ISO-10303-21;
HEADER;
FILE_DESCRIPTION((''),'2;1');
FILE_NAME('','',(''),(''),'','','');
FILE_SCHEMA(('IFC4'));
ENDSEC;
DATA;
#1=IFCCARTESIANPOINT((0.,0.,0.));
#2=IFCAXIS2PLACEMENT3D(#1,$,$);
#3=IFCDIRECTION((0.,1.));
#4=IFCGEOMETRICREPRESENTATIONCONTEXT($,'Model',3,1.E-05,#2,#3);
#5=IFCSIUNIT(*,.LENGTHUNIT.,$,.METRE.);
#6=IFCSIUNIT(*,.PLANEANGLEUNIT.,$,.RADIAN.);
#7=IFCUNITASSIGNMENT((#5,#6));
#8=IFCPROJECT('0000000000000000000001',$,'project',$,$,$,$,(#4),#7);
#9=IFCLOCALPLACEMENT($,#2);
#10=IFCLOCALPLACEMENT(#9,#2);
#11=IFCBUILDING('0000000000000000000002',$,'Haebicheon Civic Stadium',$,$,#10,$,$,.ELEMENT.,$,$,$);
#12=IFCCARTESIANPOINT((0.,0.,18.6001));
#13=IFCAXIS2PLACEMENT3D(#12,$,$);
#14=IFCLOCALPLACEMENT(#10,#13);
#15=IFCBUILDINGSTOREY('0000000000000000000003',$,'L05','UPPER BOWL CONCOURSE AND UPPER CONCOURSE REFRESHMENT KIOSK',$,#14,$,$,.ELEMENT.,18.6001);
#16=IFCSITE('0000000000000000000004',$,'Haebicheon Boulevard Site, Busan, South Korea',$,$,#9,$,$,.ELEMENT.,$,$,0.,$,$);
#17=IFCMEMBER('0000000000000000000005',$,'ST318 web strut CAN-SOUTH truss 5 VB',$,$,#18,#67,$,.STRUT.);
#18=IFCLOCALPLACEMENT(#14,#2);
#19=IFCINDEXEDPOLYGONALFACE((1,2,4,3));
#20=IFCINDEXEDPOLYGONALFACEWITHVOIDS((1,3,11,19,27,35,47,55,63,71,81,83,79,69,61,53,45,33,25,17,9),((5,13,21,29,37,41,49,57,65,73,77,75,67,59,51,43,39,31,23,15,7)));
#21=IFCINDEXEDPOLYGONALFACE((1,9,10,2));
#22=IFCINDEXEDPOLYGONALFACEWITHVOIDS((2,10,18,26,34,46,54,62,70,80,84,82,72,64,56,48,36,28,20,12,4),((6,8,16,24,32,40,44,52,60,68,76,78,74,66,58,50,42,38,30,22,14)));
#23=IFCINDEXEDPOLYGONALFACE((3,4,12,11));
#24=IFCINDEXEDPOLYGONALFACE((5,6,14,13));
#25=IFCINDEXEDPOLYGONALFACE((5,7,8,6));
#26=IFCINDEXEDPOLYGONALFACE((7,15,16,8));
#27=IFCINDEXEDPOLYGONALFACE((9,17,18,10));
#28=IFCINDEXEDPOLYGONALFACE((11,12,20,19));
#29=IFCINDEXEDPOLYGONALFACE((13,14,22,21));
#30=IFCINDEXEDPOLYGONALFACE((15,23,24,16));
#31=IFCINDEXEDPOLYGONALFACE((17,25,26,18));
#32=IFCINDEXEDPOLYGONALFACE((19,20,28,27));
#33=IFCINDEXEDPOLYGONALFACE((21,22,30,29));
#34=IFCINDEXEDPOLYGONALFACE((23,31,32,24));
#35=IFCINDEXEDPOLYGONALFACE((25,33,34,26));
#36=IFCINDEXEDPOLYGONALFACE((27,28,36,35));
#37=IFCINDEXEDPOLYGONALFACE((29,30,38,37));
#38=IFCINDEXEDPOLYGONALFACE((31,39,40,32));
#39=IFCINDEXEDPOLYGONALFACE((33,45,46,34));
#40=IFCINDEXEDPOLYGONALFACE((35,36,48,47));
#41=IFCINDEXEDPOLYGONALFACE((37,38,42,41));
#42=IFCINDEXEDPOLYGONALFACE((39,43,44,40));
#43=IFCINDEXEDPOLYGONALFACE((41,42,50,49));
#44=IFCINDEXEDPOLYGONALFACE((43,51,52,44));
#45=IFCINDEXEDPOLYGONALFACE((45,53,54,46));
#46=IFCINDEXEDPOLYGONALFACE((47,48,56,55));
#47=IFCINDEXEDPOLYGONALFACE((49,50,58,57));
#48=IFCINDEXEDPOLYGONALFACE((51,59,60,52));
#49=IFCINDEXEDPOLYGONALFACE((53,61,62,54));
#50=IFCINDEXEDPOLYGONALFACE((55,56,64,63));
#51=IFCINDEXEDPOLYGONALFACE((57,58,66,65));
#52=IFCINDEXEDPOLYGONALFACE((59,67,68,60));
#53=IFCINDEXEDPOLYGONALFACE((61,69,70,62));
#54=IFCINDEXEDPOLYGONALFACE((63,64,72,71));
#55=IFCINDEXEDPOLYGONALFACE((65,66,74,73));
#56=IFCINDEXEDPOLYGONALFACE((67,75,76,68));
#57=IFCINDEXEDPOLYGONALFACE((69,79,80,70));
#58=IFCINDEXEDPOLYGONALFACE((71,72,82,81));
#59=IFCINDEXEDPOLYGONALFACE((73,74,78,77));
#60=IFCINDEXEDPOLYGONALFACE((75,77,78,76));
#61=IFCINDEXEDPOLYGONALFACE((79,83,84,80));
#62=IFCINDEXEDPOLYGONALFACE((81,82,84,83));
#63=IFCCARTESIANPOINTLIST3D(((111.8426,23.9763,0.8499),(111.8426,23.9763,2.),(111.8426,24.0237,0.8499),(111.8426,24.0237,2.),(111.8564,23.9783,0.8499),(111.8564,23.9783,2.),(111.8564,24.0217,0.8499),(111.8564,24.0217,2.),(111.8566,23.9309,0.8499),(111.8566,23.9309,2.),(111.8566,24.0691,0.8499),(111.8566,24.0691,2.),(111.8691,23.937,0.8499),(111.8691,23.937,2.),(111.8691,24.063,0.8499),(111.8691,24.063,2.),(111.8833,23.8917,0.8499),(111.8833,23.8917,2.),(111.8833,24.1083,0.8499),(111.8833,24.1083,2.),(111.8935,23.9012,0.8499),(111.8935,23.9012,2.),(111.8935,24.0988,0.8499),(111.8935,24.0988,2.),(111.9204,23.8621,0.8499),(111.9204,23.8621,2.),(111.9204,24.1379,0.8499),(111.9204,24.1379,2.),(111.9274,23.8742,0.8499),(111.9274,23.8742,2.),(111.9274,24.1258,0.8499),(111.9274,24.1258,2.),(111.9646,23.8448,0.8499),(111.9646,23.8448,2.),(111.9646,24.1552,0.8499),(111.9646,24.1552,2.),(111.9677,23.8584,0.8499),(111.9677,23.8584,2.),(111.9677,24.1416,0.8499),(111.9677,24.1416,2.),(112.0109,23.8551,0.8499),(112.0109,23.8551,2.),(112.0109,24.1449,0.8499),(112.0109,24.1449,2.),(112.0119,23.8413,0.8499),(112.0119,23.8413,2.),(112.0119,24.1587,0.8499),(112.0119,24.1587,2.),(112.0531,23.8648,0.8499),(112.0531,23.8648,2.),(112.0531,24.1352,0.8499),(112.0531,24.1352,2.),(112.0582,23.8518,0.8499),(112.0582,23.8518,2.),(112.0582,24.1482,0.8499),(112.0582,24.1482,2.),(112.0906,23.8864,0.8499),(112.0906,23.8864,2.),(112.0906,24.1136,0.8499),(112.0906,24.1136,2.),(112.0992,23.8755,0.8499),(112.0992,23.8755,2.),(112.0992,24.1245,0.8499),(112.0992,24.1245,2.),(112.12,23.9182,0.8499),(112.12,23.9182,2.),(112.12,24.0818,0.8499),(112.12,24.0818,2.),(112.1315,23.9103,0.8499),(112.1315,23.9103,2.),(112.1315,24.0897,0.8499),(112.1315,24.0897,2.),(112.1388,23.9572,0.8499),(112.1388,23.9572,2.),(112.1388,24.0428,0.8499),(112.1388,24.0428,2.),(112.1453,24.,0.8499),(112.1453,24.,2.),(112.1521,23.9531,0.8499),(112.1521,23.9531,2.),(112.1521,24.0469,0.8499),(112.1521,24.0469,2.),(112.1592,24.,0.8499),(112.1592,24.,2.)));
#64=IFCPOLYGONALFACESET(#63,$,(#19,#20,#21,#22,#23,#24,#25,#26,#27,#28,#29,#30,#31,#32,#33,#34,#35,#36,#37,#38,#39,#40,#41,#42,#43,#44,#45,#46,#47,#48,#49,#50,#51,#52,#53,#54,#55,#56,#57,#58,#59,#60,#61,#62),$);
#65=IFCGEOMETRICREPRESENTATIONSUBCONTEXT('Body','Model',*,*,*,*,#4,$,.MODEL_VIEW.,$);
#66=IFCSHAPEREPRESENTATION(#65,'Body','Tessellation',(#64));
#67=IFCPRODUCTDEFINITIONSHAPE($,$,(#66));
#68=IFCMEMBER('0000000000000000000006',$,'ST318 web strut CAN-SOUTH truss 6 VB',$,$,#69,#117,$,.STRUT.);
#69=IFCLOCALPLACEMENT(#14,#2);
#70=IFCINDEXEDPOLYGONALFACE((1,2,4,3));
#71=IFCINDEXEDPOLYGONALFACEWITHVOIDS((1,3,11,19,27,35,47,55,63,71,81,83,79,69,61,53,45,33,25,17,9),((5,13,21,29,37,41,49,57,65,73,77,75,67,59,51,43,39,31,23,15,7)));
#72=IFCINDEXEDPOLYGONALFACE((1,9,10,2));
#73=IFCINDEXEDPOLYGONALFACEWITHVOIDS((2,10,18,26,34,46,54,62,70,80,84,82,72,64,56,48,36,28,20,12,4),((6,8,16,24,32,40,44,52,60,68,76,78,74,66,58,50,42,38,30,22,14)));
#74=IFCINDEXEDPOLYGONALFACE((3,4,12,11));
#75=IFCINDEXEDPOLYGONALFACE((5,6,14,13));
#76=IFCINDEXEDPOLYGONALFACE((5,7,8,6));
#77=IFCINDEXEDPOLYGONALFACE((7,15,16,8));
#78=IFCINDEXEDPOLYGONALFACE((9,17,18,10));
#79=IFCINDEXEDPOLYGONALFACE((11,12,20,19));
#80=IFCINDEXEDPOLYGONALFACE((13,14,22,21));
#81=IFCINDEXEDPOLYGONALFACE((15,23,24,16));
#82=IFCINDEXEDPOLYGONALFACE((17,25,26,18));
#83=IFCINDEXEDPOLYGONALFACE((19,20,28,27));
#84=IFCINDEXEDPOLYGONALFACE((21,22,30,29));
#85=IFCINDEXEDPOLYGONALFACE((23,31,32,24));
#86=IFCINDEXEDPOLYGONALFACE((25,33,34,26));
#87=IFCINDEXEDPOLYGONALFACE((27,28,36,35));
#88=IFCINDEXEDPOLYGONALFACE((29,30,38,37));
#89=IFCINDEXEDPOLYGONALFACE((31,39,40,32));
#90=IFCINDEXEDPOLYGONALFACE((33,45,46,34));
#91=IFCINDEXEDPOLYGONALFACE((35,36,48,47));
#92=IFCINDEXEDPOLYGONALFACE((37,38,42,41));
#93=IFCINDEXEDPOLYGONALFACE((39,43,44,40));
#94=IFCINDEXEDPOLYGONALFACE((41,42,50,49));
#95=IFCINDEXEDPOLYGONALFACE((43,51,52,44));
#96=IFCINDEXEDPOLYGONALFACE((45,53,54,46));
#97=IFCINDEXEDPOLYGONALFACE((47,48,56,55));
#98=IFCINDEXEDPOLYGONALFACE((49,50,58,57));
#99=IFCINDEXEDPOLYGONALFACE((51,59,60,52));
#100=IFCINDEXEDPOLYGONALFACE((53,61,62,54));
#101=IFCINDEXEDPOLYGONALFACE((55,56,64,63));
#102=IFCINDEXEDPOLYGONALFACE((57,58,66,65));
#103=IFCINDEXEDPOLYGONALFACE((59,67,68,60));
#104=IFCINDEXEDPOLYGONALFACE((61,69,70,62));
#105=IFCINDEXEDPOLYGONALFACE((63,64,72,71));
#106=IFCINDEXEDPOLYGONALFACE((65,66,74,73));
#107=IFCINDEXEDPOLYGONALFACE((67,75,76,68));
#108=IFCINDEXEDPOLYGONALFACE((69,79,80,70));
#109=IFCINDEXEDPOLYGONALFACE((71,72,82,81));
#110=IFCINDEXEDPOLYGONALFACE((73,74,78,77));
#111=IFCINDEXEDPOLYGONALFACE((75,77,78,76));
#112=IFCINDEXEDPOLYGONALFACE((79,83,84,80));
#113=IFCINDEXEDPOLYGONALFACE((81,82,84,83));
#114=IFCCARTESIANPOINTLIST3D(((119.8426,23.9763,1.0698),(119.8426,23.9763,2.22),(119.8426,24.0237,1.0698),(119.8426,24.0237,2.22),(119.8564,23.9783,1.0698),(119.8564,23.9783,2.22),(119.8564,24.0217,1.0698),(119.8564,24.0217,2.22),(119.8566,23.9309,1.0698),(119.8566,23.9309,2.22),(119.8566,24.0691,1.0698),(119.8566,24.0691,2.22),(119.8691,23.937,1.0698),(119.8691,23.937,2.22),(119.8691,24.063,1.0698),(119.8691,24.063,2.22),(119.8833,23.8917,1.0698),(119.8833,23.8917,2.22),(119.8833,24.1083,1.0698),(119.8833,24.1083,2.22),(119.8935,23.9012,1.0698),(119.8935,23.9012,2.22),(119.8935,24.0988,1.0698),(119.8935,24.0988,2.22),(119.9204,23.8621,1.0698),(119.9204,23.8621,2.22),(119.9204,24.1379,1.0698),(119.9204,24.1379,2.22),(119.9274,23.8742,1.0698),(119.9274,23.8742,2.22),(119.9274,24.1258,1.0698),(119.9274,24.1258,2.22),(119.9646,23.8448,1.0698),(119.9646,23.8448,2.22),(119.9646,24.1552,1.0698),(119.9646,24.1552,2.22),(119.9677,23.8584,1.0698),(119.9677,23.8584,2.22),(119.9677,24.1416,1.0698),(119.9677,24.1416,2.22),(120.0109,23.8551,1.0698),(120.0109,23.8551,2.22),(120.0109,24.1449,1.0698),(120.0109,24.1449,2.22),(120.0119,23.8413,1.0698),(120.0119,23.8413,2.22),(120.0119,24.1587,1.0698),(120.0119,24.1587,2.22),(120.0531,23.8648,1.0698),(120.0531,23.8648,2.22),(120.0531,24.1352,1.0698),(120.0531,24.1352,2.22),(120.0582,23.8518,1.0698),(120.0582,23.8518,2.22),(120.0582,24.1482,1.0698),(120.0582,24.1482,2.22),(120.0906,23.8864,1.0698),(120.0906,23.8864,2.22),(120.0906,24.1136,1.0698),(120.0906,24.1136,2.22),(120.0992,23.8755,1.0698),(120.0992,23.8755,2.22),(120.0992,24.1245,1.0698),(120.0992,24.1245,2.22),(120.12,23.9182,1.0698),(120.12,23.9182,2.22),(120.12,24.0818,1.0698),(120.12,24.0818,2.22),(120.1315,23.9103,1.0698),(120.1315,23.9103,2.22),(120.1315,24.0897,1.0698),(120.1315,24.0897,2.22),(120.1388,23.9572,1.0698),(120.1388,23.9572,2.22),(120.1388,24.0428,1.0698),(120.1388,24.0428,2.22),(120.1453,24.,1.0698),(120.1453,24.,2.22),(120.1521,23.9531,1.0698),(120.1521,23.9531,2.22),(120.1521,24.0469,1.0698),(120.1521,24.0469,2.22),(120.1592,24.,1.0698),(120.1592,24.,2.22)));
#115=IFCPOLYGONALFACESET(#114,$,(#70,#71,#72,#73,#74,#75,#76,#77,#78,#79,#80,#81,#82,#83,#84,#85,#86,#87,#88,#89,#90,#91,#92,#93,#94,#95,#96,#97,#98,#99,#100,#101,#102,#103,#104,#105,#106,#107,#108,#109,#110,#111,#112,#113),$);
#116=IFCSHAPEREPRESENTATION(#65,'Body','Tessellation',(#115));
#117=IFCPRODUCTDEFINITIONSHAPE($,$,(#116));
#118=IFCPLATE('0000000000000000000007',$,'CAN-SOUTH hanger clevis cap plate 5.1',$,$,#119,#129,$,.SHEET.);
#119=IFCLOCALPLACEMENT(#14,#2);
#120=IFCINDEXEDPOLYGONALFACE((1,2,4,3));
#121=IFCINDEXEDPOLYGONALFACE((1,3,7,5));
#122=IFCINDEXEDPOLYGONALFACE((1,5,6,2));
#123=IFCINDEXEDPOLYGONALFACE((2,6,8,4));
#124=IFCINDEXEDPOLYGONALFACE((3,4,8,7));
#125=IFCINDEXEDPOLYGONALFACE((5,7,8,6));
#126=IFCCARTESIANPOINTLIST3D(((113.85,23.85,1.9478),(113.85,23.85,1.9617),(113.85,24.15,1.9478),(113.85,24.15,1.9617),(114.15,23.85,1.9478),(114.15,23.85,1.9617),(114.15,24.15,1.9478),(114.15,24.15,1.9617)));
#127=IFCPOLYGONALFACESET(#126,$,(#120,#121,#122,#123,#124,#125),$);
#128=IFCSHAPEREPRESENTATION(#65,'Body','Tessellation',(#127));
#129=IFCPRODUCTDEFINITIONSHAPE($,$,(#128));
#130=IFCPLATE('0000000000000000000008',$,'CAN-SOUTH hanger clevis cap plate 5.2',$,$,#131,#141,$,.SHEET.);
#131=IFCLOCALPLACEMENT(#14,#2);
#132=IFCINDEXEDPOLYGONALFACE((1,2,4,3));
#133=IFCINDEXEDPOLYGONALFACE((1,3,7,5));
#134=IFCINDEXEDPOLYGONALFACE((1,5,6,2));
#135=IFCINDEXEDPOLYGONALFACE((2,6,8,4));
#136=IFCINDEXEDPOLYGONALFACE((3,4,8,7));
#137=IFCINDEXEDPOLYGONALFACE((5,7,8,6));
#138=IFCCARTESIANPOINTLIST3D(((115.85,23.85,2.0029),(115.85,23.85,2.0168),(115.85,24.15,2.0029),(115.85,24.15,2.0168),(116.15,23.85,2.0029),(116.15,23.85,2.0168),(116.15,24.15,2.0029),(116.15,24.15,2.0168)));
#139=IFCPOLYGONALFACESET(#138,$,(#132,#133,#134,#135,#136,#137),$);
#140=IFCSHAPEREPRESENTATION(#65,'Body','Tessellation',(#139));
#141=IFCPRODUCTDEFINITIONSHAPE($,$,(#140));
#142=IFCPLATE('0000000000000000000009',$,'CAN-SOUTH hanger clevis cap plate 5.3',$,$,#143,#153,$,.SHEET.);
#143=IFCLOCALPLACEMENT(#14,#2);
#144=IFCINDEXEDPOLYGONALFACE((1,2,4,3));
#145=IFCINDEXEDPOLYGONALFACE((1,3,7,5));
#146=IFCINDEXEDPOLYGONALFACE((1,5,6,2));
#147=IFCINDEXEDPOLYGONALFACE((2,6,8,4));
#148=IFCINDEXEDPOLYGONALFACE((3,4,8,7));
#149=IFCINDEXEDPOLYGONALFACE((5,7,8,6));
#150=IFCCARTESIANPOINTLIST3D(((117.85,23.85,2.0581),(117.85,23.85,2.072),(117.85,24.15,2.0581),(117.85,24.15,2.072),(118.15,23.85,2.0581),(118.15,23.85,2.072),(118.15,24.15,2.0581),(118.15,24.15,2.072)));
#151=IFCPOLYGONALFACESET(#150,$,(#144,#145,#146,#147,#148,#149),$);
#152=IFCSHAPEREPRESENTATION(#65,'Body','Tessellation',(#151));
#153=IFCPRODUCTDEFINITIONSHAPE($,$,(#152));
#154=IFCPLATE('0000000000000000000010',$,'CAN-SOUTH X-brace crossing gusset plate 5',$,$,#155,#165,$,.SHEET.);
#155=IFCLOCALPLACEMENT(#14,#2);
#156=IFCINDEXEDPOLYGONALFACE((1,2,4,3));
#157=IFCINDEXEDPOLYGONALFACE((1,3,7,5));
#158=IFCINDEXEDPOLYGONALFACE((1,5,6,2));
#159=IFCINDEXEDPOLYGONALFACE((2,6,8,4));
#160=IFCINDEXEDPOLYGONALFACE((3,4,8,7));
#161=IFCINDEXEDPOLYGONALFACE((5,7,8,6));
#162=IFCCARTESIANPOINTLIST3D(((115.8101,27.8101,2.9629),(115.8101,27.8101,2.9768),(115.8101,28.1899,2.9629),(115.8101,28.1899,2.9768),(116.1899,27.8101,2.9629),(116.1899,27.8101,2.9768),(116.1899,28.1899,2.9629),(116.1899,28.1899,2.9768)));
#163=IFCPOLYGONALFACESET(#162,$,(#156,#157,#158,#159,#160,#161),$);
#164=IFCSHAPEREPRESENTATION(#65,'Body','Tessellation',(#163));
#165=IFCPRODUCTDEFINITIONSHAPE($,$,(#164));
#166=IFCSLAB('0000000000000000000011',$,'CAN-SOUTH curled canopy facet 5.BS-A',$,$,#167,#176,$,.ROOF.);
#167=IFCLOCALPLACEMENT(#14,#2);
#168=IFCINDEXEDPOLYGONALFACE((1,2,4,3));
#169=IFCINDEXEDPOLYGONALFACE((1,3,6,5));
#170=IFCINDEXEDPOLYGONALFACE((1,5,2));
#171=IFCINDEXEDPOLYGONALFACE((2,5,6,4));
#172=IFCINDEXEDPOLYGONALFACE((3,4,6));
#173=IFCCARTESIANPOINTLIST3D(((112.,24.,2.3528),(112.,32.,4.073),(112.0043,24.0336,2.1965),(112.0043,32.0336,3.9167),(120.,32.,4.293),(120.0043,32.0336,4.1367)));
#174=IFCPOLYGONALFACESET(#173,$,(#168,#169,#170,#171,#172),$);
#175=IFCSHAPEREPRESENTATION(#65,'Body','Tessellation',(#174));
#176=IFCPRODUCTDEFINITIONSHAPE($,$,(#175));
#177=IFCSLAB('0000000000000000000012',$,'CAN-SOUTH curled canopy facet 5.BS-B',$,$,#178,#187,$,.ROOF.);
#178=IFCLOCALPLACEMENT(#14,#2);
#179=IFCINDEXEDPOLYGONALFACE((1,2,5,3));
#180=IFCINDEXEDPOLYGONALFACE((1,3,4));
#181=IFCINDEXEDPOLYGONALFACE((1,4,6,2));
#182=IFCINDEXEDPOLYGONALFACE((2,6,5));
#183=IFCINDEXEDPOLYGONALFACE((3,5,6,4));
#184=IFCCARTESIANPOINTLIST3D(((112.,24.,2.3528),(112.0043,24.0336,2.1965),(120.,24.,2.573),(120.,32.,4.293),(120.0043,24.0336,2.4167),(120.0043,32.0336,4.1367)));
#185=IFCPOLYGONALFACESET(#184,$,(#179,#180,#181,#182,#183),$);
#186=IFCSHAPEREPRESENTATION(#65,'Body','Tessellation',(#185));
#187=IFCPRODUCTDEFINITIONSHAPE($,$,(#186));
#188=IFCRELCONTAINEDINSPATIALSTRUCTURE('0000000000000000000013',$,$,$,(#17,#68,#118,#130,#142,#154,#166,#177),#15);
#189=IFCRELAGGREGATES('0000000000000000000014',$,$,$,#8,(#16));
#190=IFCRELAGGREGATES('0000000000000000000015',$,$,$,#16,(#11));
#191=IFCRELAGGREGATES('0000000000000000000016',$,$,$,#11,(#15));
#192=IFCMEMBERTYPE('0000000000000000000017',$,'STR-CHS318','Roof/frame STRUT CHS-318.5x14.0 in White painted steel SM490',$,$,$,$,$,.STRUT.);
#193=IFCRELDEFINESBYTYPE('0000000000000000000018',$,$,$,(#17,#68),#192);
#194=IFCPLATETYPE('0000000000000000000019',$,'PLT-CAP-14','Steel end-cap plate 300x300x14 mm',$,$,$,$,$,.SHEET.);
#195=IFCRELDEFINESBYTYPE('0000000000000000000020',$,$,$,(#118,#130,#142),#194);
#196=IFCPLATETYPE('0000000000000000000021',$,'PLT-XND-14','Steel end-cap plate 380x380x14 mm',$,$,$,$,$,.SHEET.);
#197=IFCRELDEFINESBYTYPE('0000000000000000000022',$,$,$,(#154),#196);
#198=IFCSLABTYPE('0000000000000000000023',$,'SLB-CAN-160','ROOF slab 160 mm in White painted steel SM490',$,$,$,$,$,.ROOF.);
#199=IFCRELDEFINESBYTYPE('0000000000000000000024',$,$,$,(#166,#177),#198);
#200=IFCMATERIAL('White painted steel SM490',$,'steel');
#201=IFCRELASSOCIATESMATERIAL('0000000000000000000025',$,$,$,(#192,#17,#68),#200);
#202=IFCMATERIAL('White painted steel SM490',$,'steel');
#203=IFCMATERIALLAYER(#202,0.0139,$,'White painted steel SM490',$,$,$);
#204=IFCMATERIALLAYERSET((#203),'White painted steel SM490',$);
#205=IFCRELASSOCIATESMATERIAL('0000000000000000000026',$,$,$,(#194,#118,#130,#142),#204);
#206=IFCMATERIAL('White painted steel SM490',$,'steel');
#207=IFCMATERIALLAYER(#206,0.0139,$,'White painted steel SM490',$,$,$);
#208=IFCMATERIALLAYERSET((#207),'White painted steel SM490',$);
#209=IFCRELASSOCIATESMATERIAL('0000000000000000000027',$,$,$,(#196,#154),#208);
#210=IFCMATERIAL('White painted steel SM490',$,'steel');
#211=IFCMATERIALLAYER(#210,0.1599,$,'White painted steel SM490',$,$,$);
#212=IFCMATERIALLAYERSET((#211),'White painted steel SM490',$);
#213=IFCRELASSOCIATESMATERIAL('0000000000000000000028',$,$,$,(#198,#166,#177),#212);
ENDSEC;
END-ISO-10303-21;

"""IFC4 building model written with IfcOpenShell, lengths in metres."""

from ifc_helpers import new_model, si_unit, direction, frame, origin, origin_2d, place, context, subcontext, project, spatial, polyline, rectangle, hollow_circle, outline, extrude, material, layer, layer_set, material_profile, profile_set, type_object, element, save


model = new_model("IFC4")

# Units and contexts
model_context = context("Model", 3, precision=1e-05, world=origin(), true_north=direction((0.0, 1.0)))
body_context = subcontext(model_context, "Body", "Model", "MODEL_VIEW")
ifc_project = project(units=[si_unit("LENGTHUNIT", "METRE"), si_unit("PLANEANGLEUNIT", "RADIAN")], contexts=[model_context])

# Site, building, storey
site_placement = place(None, origin())
site = spatial("IfcSite", under=ifc_project, at=site_placement, Name="Haebicheon Boulevard Site, Busan, South Korea", CompositionType="ELEMENT", RefElevation=0.0)
building_placement = place(site_placement, origin())
building = spatial("IfcBuilding", under=site, at=building_placement, Name="Haebicheon Civic Stadium", CompositionType="ELEMENT")
storey_placement = place(building_placement, frame((0.0, 0.0, 18.6001)))
storey = spatial("IfcBuildingStorey", under=building, at=storey_placement, Name="L05", Description="UPPER BOWL CONCOURSE AND UPPER CONCOURSE REFRESHMENT KIOSK", CompositionType="ELEMENT", Elevation=18.6001)

# Members
ifc_material_1 = material(Name="White painted steel SM490", Category="steel")
ifc_material_profile_1 = material_profile(ifc_material_1, hollow_circle(Radius=0.1592, WallThickness=0.0139, at=origin_2d()), Name="CHS-318.5x14.0")
ifc_profile_set_1 = profile_set([ifc_material_profile_1], Name="White painted steel SM490")
member_type_1 = type_object("IfcMemberType", Name="STR-CHS318", Description="Roof/frame STRUT CHS-318.5x14.0 in White painted steel SM490", PredefinedType="STRUT", material=ifc_profile_set_1)
for number, where, z_axis, x_axis, name in (
    (1, (112.0, 24.0, 0.8499), (0.0, 0.0, 1.0), (1.0, 0.0, 0.0), "ST318 web strut CAN-SOUTH truss 5 VB"),
    (2, (120.0, 24.0, 1.0698), (0.0, 0.0, 1.0), (1.0, 0.0, 0.0), "ST318 web strut CAN-SOUTH truss 6 VB"),
):
    element("IfcMember", number, at=place(storey_placement, frame(where, z_axis=z_axis, x_axis=x_axis)), inside=storey, type_object=member_type_1, material=ifc_profile_set_1, Name=name, PredefinedType="STRUT", context=body_context, shape_type="SweptSolid", body=[
        extrude(hollow_circle(Radius=0.1592, WallThickness=0.0139, at=origin_2d()), origin(), (0.0, 0.0, 1.0), 1.1501),
    ])

# Plates
ifc_material_2 = material(Name="White painted steel SM490", Category="steel")
ifc_layer_1 = layer(ifc_material_2, 0.0139, Name="White painted steel SM490")
ifc_layer_set_1 = layer_set([ifc_layer_1], Name="White painted steel SM490")
plate_type_1 = type_object("IfcPlateType", Name="PLT-CAP-14", Description="Steel end-cap plate 300x300x14 mm", PredefinedType="SHEET", material=ifc_layer_set_1)
for number, where, z_axis, x_axis, name in (
    (3, (114.0, 24.0, 1.9478), (0.0, 0.0, 1.0), (1.0, 0.0, 0.0), "CAN-SOUTH hanger clevis cap plate 5.1"),
    (4, (116.0, 24.0, 2.0029), (0.0, 0.0, 1.0), (1.0, 0.0, 0.0), "CAN-SOUTH hanger clevis cap plate 5.2"),
    (5, (118.0, 24.0, 2.0581), (0.0, 0.0, 1.0), (1.0, 0.0, 0.0), "CAN-SOUTH hanger clevis cap plate 5.3"),
):
    element("IfcPlate", number, at=place(storey_placement, frame(where, z_axis=z_axis, x_axis=x_axis)), inside=storey, type_object=plate_type_1, material=ifc_layer_set_1, Name=name, PredefinedType="SHEET", context=body_context, shape_type="SweptSolid", body=[
        extrude(rectangle(XDim=0.3, YDim=0.3, at=origin_2d()), origin(), (0.0, 0.0, 1.0), 0.0139),
    ])
ifc_material_3 = material(Name="White painted steel SM490", Category="steel")
ifc_layer_2 = layer(ifc_material_3, 0.0139, Name="White painted steel SM490")
ifc_layer_set_2 = layer_set([ifc_layer_2], Name="White painted steel SM490")
plate_type_2 = type_object("IfcPlateType", Name="PLT-XND-14", Description="Steel end-cap plate 380x380x14 mm", PredefinedType="SHEET", material=ifc_layer_set_2)
plate_placement = place(storey_placement, frame((116.0, 28.0, 2.9629), z_axis=(0.0, 0.0, 1.0), x_axis=(1.0, 0.0, 0.0)))
element("IfcPlate", 6, at=plate_placement, inside=storey, type_object=plate_type_2, material=ifc_layer_set_2, Name="CAN-SOUTH X-brace crossing gusset plate 5", PredefinedType="SHEET", context=body_context, shape_type="SweptSolid", body=[
    extrude(rectangle(XDim=0.3799, YDim=0.3799, at=origin_2d()), origin(), (0.0, 0.0, 1.0), 0.0139),
])

# Slabs
ifc_material_4 = material(Name="White painted steel SM490", Category="steel")
ifc_layer_3 = layer(ifc_material_4, 0.1599, Name="White painted steel SM490")
ifc_layer_set_3 = layer_set([ifc_layer_3], Name="White painted steel SM490")
slab_type = type_object("IfcSlabType", Name="SLB-CAN-160", Description="ROOF slab 160 mm in White painted steel SM490", PredefinedType="ROOF", material=ifc_layer_set_3)
slab_1_placement = place(storey_placement, frame((112.0, 24.0, 2.3528), z_axis=(-0.026872, -0.210146, 0.977301), x_axis=(0.0, 0.977654, 0.210222)))
element("IfcSlab", 7, at=slab_1_placement, inside=storey, type_object=slab_type, material=ifc_layer_set_3, Name="CAN-SOUTH curled canopy facet 5.BS-A", PredefinedType="ROOF", context=body_context, shape_type="SweptSolid", body=[
    extrude(outline(polyline([(0.0, 0.0), (8.1829, 0.0), (8.2291, -8.0029), (0.0, 0.0)])), origin(), (0.0, 0.0, -1.0), 0.1599),
])
slab_2_placement = place(storey_placement, frame((112.0, 24.0, 2.3528), z_axis=(-0.026902, -0.210117, 0.977306), x_axis=(0.696933, 0.696933, 0.169022)))
element("IfcSlab", 8, at=slab_2_placement, inside=storey, type_object=slab_type, material=ifc_layer_set_3, Name="CAN-SOUTH curled canopy facet 5.BS-B", PredefinedType="ROOF", context=body_context, shape_type="SweptSolid", body=[
    extrude(outline(polyline([(0.0, 0.0), (11.4789, 0.0), (5.6127, -5.7049), (0.0, 0.0)])), origin(), (0.0, 0.0, -1.0), 0.1599),
])

save(model, "model.ifc")
